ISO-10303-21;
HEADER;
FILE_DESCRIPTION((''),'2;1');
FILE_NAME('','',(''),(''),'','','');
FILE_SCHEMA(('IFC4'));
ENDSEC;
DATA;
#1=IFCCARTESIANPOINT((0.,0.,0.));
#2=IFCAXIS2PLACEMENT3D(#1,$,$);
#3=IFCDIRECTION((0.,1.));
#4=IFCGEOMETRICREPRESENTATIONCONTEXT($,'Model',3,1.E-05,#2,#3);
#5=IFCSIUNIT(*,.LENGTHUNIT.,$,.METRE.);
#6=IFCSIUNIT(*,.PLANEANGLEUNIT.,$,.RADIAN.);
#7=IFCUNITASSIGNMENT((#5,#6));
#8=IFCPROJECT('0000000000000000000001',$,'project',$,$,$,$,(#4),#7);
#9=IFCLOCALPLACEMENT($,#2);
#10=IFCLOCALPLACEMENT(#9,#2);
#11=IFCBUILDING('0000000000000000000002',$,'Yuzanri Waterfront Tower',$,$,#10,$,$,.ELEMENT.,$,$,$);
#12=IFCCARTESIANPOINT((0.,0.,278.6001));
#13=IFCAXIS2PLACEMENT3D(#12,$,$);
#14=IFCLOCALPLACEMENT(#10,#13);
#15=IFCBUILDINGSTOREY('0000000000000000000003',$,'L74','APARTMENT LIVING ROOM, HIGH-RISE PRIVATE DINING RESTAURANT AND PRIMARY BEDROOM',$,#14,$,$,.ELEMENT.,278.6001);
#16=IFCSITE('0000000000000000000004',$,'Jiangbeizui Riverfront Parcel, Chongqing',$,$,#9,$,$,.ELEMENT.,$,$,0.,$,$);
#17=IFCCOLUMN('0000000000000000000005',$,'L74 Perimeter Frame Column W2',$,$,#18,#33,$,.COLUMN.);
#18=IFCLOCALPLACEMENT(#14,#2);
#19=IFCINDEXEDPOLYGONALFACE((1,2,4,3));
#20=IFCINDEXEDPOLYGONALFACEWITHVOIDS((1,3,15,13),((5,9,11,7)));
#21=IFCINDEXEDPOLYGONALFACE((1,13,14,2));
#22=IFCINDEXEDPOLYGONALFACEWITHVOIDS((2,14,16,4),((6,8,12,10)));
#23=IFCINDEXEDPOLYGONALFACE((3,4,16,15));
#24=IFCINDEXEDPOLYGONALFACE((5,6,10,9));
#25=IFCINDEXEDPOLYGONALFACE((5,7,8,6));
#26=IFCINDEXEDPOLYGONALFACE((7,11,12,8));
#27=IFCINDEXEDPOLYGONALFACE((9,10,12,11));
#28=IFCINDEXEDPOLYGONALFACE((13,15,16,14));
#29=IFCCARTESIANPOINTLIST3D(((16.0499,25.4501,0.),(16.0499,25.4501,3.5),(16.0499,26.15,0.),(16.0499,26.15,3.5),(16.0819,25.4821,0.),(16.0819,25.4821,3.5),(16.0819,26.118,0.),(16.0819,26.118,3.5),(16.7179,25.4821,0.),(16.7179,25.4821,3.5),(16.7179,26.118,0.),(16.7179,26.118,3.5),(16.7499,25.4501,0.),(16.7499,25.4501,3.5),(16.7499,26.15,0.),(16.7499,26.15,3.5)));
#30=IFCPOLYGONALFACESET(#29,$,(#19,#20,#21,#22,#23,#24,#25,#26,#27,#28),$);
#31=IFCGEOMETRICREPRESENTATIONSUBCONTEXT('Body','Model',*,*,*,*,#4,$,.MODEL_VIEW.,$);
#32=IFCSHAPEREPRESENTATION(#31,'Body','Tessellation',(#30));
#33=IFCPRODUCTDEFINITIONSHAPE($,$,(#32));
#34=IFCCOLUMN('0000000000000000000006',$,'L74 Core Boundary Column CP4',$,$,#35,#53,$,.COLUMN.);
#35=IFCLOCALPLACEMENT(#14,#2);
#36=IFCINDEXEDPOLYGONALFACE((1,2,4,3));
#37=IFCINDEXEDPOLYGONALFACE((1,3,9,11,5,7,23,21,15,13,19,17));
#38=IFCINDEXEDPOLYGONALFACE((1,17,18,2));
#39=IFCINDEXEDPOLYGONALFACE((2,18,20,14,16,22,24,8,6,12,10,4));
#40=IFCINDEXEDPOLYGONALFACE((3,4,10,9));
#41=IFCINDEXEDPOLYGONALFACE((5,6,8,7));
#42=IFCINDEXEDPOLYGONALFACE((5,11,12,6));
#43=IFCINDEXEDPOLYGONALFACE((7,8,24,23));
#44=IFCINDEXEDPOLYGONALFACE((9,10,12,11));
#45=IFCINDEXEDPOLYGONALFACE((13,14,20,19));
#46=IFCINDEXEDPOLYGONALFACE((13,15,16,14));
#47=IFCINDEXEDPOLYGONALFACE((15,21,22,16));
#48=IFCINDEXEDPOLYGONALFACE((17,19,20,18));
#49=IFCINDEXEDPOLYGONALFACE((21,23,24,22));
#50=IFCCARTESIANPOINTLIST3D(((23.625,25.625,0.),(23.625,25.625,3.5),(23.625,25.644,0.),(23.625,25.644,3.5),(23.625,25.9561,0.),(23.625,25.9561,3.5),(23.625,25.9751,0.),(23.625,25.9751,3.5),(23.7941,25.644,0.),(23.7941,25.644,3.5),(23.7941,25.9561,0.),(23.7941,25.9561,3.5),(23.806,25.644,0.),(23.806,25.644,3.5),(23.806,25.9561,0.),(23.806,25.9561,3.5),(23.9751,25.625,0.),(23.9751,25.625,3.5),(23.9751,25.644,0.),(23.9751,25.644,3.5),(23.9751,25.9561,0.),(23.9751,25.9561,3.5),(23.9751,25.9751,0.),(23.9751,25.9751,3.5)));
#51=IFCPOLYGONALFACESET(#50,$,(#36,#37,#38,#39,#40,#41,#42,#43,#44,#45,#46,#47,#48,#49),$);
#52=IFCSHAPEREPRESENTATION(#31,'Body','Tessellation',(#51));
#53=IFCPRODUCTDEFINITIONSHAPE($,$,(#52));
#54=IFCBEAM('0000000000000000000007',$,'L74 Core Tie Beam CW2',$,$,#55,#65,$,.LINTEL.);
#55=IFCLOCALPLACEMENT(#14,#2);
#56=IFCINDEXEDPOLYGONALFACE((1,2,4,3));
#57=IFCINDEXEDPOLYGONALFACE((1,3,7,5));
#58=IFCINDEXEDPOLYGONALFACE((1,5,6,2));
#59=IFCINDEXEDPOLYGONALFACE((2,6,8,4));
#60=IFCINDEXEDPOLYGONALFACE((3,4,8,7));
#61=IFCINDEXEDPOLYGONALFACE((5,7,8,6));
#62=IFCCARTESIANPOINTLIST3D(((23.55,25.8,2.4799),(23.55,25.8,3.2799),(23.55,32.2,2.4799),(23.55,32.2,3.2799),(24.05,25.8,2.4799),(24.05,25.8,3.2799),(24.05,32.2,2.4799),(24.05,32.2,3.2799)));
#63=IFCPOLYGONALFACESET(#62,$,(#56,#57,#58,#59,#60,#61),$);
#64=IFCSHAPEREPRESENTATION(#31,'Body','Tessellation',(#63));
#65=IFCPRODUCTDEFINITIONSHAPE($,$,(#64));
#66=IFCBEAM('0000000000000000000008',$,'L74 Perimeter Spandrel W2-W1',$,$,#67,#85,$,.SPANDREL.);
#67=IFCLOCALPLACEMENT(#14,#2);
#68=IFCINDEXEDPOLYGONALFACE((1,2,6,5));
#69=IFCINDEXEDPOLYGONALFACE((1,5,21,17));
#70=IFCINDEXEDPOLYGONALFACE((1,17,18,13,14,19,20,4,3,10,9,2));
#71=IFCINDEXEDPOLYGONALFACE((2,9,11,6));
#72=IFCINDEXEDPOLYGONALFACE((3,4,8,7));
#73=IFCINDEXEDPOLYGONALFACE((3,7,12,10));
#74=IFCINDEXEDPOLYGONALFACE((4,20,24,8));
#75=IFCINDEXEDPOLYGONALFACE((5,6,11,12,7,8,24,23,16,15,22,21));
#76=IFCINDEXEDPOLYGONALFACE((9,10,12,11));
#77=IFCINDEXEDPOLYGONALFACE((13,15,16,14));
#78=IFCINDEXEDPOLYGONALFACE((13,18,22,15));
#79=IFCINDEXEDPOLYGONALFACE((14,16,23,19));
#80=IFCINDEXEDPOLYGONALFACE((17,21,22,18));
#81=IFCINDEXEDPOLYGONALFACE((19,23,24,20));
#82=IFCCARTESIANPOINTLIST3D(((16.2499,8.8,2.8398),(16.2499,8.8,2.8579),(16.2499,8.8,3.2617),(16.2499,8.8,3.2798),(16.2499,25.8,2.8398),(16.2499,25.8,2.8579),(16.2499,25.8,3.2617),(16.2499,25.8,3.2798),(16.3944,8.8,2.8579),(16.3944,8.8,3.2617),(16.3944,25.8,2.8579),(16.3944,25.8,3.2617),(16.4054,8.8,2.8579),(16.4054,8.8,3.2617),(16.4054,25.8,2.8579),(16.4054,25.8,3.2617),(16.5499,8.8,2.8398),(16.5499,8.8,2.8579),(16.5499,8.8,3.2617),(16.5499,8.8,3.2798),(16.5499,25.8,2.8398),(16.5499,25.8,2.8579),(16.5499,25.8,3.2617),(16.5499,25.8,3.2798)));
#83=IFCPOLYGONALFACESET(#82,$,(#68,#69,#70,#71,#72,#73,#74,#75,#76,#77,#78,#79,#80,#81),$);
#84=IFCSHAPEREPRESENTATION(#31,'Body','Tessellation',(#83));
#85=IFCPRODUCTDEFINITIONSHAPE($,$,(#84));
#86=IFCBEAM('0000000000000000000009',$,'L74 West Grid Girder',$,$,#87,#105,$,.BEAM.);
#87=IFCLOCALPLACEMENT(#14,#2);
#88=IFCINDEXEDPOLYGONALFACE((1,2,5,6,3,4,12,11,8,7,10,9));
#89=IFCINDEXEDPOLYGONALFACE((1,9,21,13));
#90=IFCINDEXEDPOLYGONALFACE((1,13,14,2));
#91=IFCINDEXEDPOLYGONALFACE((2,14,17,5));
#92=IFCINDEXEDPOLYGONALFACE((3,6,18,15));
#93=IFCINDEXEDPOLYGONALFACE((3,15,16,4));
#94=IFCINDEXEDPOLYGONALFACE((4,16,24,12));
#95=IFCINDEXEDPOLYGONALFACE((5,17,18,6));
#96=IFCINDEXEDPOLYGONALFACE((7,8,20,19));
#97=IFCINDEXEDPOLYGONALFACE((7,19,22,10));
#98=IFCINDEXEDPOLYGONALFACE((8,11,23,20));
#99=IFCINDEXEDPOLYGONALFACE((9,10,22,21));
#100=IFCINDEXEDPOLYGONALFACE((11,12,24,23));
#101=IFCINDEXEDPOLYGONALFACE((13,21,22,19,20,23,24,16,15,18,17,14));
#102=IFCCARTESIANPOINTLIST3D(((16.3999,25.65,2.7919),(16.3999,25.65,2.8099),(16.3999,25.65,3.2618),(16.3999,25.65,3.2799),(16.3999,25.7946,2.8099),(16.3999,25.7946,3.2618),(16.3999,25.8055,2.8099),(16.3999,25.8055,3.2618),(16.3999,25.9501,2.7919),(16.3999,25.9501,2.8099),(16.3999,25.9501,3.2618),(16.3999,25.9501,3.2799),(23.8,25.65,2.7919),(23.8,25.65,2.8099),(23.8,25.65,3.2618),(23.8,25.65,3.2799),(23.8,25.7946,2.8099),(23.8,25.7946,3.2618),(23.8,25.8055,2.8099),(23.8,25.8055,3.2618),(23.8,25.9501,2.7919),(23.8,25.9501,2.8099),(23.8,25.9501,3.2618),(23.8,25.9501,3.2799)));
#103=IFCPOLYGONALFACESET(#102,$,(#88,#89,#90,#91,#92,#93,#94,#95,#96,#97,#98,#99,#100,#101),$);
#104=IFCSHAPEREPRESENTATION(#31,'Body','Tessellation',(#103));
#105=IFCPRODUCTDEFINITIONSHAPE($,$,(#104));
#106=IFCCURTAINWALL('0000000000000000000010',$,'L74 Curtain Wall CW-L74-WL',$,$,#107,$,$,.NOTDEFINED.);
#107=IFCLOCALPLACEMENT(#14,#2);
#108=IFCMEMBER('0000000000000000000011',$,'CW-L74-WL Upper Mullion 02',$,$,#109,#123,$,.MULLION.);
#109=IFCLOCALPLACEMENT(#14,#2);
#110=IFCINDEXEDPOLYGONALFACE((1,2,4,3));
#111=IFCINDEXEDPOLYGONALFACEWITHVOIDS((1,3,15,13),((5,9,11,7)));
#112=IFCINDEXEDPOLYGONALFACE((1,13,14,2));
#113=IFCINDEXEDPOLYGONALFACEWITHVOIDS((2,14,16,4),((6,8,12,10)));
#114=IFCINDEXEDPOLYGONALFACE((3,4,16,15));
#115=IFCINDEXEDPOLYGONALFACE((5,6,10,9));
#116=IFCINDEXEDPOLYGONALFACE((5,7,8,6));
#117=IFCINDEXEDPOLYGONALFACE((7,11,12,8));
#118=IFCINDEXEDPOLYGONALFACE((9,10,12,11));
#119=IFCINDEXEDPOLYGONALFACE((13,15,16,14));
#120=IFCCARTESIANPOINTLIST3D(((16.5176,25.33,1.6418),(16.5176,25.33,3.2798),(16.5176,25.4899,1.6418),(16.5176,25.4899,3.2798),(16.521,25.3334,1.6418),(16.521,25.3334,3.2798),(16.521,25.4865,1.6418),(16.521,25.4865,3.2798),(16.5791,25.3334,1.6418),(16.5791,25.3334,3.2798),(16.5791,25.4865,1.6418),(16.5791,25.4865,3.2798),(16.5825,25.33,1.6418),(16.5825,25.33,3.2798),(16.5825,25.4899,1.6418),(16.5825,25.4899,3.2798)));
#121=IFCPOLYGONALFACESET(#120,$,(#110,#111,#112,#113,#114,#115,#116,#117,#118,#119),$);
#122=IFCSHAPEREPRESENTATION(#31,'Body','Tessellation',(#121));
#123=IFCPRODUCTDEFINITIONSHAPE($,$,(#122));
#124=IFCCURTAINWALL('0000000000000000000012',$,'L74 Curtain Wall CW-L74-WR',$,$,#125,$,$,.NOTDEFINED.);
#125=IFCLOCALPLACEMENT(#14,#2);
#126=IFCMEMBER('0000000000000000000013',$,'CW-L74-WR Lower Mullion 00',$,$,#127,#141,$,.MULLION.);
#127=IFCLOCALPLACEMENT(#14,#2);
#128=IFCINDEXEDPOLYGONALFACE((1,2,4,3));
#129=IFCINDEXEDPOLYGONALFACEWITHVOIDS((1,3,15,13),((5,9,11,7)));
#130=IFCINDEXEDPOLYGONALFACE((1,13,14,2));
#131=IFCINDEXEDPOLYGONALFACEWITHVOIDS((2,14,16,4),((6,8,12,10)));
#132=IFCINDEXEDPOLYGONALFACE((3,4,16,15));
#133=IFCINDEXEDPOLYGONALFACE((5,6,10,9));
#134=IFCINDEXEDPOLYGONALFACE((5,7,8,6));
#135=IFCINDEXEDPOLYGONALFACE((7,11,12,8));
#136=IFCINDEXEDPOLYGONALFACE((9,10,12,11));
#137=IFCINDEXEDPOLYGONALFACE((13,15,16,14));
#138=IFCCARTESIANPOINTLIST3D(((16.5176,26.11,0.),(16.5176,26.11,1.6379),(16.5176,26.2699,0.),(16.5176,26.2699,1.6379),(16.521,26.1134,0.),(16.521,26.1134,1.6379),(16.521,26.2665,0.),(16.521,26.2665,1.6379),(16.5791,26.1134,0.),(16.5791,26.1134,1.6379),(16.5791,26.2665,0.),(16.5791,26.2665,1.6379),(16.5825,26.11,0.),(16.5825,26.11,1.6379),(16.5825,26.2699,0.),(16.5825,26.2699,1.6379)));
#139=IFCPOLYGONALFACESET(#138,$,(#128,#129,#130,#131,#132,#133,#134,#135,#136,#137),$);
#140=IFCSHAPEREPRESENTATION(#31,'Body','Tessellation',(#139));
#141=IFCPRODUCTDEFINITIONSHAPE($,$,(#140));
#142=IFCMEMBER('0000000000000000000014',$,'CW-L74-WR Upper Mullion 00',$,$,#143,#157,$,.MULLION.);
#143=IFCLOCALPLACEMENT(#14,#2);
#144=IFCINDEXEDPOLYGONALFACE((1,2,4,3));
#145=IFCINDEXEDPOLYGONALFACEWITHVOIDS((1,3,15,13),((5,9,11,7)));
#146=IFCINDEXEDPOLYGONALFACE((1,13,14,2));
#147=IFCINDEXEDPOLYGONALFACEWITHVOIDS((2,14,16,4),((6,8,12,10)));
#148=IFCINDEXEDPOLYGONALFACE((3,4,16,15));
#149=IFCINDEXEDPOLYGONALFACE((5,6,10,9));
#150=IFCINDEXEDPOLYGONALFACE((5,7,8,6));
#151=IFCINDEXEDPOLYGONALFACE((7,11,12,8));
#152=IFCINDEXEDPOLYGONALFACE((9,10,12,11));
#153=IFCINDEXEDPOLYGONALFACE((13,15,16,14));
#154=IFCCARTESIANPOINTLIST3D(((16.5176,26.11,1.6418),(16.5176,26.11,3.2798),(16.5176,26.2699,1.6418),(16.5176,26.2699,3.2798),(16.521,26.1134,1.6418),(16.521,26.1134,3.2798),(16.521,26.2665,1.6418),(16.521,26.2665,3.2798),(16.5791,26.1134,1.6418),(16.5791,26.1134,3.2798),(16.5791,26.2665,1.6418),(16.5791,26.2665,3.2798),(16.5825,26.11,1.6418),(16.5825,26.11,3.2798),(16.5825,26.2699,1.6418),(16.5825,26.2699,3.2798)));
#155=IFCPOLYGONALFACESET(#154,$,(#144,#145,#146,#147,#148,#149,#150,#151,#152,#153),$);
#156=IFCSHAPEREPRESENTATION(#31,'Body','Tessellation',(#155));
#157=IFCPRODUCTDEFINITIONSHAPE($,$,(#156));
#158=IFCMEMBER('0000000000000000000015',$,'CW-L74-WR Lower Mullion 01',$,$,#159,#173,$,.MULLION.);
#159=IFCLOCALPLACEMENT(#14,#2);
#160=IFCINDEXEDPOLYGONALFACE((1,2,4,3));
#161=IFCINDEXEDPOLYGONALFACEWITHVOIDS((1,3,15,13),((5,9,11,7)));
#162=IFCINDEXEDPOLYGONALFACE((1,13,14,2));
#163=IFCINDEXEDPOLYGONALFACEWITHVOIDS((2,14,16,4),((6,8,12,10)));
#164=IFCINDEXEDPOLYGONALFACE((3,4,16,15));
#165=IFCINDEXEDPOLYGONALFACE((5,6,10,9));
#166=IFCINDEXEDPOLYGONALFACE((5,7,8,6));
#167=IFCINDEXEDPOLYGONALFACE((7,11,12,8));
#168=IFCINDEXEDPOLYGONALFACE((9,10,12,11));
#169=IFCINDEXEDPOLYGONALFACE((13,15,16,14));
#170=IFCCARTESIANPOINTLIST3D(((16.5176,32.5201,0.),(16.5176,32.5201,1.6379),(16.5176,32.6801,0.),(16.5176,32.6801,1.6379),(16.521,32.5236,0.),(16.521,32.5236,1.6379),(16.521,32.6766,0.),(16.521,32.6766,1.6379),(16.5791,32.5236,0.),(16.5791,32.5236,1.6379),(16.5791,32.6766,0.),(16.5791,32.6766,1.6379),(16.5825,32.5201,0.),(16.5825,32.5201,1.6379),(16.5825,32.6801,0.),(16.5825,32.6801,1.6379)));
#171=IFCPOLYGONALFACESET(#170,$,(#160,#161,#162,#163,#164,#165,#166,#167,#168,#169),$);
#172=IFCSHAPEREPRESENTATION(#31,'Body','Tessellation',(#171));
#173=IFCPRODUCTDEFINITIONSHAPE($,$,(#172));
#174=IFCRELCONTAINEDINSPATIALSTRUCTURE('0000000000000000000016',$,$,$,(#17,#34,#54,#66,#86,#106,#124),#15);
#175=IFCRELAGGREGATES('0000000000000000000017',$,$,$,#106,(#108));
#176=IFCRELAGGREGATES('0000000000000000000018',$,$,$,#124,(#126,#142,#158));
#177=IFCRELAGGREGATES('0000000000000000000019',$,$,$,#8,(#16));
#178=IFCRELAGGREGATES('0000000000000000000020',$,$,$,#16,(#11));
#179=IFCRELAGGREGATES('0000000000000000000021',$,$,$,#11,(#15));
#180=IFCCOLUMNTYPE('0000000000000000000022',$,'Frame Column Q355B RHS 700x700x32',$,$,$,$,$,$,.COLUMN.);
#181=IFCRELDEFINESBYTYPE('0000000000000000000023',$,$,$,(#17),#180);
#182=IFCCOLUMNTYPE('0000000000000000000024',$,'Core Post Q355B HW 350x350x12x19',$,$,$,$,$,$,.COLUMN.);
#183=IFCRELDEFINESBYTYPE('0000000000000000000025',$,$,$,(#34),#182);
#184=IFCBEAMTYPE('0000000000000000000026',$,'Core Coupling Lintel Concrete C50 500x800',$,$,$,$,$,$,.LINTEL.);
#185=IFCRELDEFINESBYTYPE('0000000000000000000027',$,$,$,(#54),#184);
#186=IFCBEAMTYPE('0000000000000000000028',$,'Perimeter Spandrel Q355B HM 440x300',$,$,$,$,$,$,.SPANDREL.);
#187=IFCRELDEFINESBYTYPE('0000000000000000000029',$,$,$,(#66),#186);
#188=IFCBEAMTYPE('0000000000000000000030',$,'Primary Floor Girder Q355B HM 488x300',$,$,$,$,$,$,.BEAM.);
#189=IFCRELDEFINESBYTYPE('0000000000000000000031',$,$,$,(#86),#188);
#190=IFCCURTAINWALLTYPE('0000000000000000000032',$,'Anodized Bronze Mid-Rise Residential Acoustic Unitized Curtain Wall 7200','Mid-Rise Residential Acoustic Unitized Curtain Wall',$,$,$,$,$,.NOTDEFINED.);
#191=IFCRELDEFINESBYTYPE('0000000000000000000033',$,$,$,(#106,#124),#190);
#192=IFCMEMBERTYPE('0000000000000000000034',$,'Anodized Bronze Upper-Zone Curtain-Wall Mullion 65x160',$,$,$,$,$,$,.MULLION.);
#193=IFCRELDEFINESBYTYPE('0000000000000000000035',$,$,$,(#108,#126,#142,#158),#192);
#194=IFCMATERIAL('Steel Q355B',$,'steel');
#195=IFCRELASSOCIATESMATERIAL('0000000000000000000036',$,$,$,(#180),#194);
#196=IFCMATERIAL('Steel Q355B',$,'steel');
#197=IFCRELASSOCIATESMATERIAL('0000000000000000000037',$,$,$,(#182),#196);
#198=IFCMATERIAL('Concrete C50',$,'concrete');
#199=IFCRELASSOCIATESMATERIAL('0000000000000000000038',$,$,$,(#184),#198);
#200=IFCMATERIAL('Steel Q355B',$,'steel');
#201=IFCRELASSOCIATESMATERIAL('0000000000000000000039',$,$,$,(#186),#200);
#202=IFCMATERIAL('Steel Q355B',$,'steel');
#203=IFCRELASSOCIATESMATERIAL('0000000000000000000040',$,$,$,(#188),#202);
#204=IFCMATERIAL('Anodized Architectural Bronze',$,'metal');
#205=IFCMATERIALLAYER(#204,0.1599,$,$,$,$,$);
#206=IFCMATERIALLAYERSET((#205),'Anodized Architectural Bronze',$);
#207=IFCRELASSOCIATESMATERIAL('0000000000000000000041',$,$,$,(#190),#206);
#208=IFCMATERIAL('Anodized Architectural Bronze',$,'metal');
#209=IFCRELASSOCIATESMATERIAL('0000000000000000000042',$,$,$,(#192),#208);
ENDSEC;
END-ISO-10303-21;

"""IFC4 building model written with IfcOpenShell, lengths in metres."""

from ifc_helpers import new_model, si_unit, direction, frame, origin, origin_2d, place, context, subcontext, project, spatial, rectangle, hollow_rectangle, i_section, extrude, source, transform, mapped, material, layer, layer_set, material_profile, profile_set, type_object, element, aggregate, save


model = new_model("IFC4")

# Units and contexts
model_context = context("Model", 3, precision=1e-05, world=origin(), true_north=direction((0.0, 1.0)))
body_context = subcontext(model_context, "Body", "Model", "MODEL_VIEW")
ifc_project = project(units=[si_unit("LENGTHUNIT", "METRE"), si_unit("PLANEANGLEUNIT", "RADIAN")], contexts=[model_context])

# Site, building, storey
site_placement = place(None, origin())
site = spatial("IfcSite", under=ifc_project, at=site_placement, Name="Jiangbeizui Riverfront Parcel, Chongqing", CompositionType="ELEMENT", RefElevation=0.0)
building_placement = place(site_placement, origin())
building = spatial("IfcBuilding", under=site, at=building_placement, Name="Yuzanri Waterfront Tower", CompositionType="ELEMENT")
storey_placement = place(building_placement, frame((0.0, 0.0, 278.6001)))
storey = spatial("IfcBuildingStorey", under=building, at=storey_placement, Name="L74", Description="APARTMENT LIVING ROOM, HIGH-RISE PRIVATE DINING RESTAURANT AND PRIMARY BEDROOM", CompositionType="ELEMENT", Elevation=278.6001)

# Columns
ifc_material_1 = material(Name="Steel Q355B", Category="steel")
ifc_material_profile_1 = material_profile(ifc_material_1, hollow_rectangle(XDim=0.7, YDim=0.7, WallThickness=0.032, at=origin_2d()), Name="RHS 700x700x32")
ifc_profile_set_1 = profile_set([ifc_material_profile_1], Name="Steel Q355B")
column_type_1 = type_object("IfcColumnType", Name="Frame Column Q355B RHS 700x700x32", PredefinedType="COLUMN", material=ifc_profile_set_1)
shared_shape_1 = source(origin(), body_context, "Body", "SweptSolid", [
    extrude(hollow_rectangle(XDim=0.7, YDim=0.7, WallThickness=0.032, at=origin_2d()), origin(), (0.0, 0.0, 1.0), 3.5),
])
column_1_placement = place(storey_placement, frame((16.3999, 25.8, 0.0), z_axis=(0.0, 0.0, 1.0), x_axis=(1.0, 0.0, 0.0)))
element("IfcColumn", 1, at=column_1_placement, inside=storey, type_object=column_type_1, Name="L74 Perimeter Frame Column W2", PredefinedType="COLUMN", context=body_context, shape_type="MappedRepresentation", body=[
    mapped(shared_shape_1, transform((0.0, 0.0, 0.0), scale=1.0)),
])
ifc_material_2 = material(Name="Steel Q355B", Category="steel")
ifc_material_profile_2 = material_profile(ifc_material_2, i_section(OverallWidth=0.3501, OverallDepth=0.3501, WebThickness=0.012, FlangeThickness=0.019, at=origin_2d()), Name="HW 350x350x12x19")
ifc_profile_set_2 = profile_set([ifc_material_profile_2], Name="Steel Q355B")
column_type_2 = type_object("IfcColumnType", Name="Core Post Q355B HW 350x350x12x19", PredefinedType="COLUMN", material=ifc_profile_set_2)
shared_shape_2 = source(origin(), body_context, "Body", "SweptSolid", [
    extrude(i_section(OverallWidth=0.3501, OverallDepth=0.3501, WebThickness=0.012, FlangeThickness=0.019, at=origin_2d()), origin(), (0.0, 0.0, 1.0), 3.5),
])
column_2_placement = place(storey_placement, frame((23.8, 25.8, 0.0), z_axis=(0.0, 0.0, 1.0), x_axis=(1.0, 0.0, 0.0)))
element("IfcColumn", 2, at=column_2_placement, inside=storey, type_object=column_type_2, Name="L74 Core Boundary Column CP4", PredefinedType="COLUMN", context=body_context, shape_type="MappedRepresentation", body=[
    mapped(shared_shape_2, transform((0.0, 0.0, 0.0), scale=1.0)),
])

# Beams
ifc_material_3 = material(Name="Concrete C50", Category="concrete")
ifc_material_profile_3 = material_profile(ifc_material_3, rectangle(XDim=0.5, YDim=0.8, at=origin_2d()), Name="RC 500x800")
ifc_profile_set_3 = profile_set([ifc_material_profile_3], Name="Concrete C50")
beam_type_1 = type_object("IfcBeamType", Name="Core Coupling Lintel Concrete C50 500x800", PredefinedType="LINTEL", material=ifc_profile_set_3)
shared_shape_3 = source(origin(), body_context, "Body", "SweptSolid", [
    extrude(rectangle(XDim=0.5, YDim=0.8, at=origin_2d()), origin(), (0.0, 0.0, 1.0), 6.3999),
])
beam_1_placement = place(storey_placement, frame((23.8, 25.8, 2.8799), z_axis=(0.0, 1.0, 0.0), x_axis=(-1.0, 0.0, 0.0)))
element("IfcBeam", 3, at=beam_1_placement, inside=storey, type_object=beam_type_1, Name="L74 Core Tie Beam CW2", PredefinedType="LINTEL", context=body_context, shape_type="MappedRepresentation", body=[
    mapped(shared_shape_3, transform((0.0, 0.0, 0.0), scale=1.0)),
])
ifc_material_4 = material(Name="Steel Q355B", Category="steel")
ifc_material_profile_4 = material_profile(ifc_material_4, i_section(OverallWidth=0.3, OverallDepth=0.4399, WebThickness=0.011, FlangeThickness=0.0181, at=origin_2d()), Name="HM 440x300x11x18")
ifc_profile_set_4 = profile_set([ifc_material_profile_4], Name="Steel Q355B")
beam_type_2 = type_object("IfcBeamType", Name="Perimeter Spandrel Q355B HM 440x300", PredefinedType="SPANDREL", material=ifc_profile_set_4)
shared_shape_4 = source(origin(), body_context, "Body", "SweptSolid", [
    extrude(i_section(OverallWidth=0.3, OverallDepth=0.4399, WebThickness=0.011, FlangeThickness=0.0181, at=origin_2d()), origin(), (0.0, 0.0, 1.0), 17.0),
])
beam_2_placement = place(storey_placement, frame((16.3999, 25.8, 3.0598), z_axis=(0.0, -1.0, 0.0), x_axis=(1.0, 0.0, 0.0)))
element("IfcBeam", 4, at=beam_2_placement, inside=storey, type_object=beam_type_2, Name="L74 Perimeter Spandrel W2-W1", PredefinedType="SPANDREL", context=body_context, shape_type="MappedRepresentation", body=[
    mapped(shared_shape_4, transform((0.0, 0.0, 0.0), scale=1.0)),
])
ifc_material_5 = material(Name="Steel Q355B", Category="steel")
ifc_material_profile_5 = material_profile(ifc_material_5, i_section(OverallWidth=0.3, OverallDepth=0.488, WebThickness=0.011, FlangeThickness=0.0181, at=origin_2d()), Name="HM 488x300x11x18")
ifc_profile_set_5 = profile_set([ifc_material_profile_5], Name="Steel Q355B")
beam_type_3 = type_object("IfcBeamType", Name="Primary Floor Girder Q355B HM 488x300", PredefinedType="BEAM", material=ifc_profile_set_5)
shared_shape_5 = source(origin(), body_context, "Body", "SweptSolid", [
    extrude(i_section(OverallWidth=0.3, OverallDepth=0.488, WebThickness=0.011, FlangeThickness=0.0181, at=origin_2d()), origin(), (0.0, 0.0, 1.0), 7.4001),
])
beam_3_placement = place(storey_placement, frame((23.8, 25.8, 3.0359), z_axis=(-1.0, 0.0, 0.0), x_axis=(0.0, -1.0, 0.0)))
element("IfcBeam", 5, at=beam_3_placement, inside=storey, type_object=beam_type_3, Name="L74 West Grid Girder", PredefinedType="BEAM", context=body_context, shape_type="MappedRepresentation", body=[
    mapped(shared_shape_5, transform((0.0, 0.0, 0.0), scale=1.0)),
])

# Curtain wall, member
ifc_material_6 = material(Name="Anodized Architectural Bronze", Category="metal")
ifc_layer_1 = layer(ifc_material_6, 0.1599)
ifc_layer_set_1 = layer_set([ifc_layer_1], Name="Anodized Architectural Bronze")
curtain_wall_type = type_object("IfcCurtainWallType", Name="Anodized Bronze Mid-Rise Residential Acoustic Unitized Curtain Wall 7200", Description="Mid-Rise Residential Acoustic Unitized Curtain Wall", PredefinedType="NOTDEFINED", material=ifc_layer_set_1)
curtain_wall_1_placement = place(storey_placement, origin())
curtain_wall_1 = element("IfcCurtainWall", 6, at=curtain_wall_1_placement, inside=storey, type_object=curtain_wall_type, Name="L74 Curtain Wall CW-L74-WL", PredefinedType="NOTDEFINED")
ifc_material_7 = material(Name="Anodized Architectural Bronze", Category="metal")
ifc_material_profile_6 = material_profile(ifc_material_7, hollow_rectangle(XDim=0.0649, YDim=0.1599, WallThickness=0.0034, at=origin_2d()), Name="CWM 65x160")
ifc_profile_set_6 = profile_set([ifc_material_profile_6], Name="Anodized Architectural Bronze")
member_type_1 = type_object("IfcMemberType", Name="Anodized Bronze Upper-Zone Curtain-Wall Mullion 65x160", PredefinedType="MULLION", material=ifc_profile_set_6)
shared_shape_6 = source(origin(), body_context, "Body", "SweptSolid", [
    extrude(hollow_rectangle(XDim=0.0649, YDim=0.1599, WallThickness=0.0034, at=origin_2d()), origin(), (0.0, 0.0, 1.0), 1.6379),
])
member_1_placement = place(storey_placement, frame((16.55, 25.4099, 1.6418), z_axis=(0.0, 0.0, 1.0), x_axis=(1.0, 0.0, 0.0)))
member_1 = element("IfcMember", 7, at=member_1_placement, type_object=member_type_1, Name="CW-L74-WL Upper Mullion 02", PredefinedType="MULLION", context=body_context, shape_type="MappedRepresentation", body=[
    mapped(shared_shape_6, transform((0.0, 0.0, 0.0), scale=1.0)),
])
aggregate(curtain_wall_1, [member_1])

# Curtain wall, members
curtain_wall_2_placement = place(storey_placement, origin())
curtain_wall_2 = element("IfcCurtainWall", 8, at=curtain_wall_2_placement, inside=storey, type_object=curtain_wall_type, Name="L74 Curtain Wall CW-L74-WR", PredefinedType="NOTDEFINED")
member_2_placement = place(storey_placement, frame((16.55, 26.1899, 0.0), z_axis=(0.0, 0.0, 1.0), x_axis=(1.0, 0.0, 0.0)))
member_2 = element("IfcMember", 9, at=member_2_placement, type_object=member_type_1, Name="CW-L74-WR Lower Mullion 00", PredefinedType="MULLION", context=body_context, shape_type="MappedRepresentation", body=[
    mapped(shared_shape_6, transform((0.0, 0.0, 0.0), scale=1.0)),
])
member_3_placement = place(storey_placement, frame((16.55, 26.1899, 1.6418), z_axis=(0.0, 0.0, 1.0), x_axis=(1.0, 0.0, 0.0)))
member_3 = element("IfcMember", 10, at=member_3_placement, type_object=member_type_1, Name="CW-L74-WR Upper Mullion 00", PredefinedType="MULLION", context=body_context, shape_type="MappedRepresentation", body=[
    mapped(shared_shape_6, transform((0.0, 0.0, 0.0), scale=1.0)),
])
member_4_placement = place(storey_placement, frame((16.55, 32.6001, 0.0), z_axis=(0.0, 0.0, 1.0), x_axis=(1.0, 0.0, 0.0)))
member_4 = element("IfcMember", 11, at=member_4_placement, type_object=member_type_1, Name="CW-L74-WR Lower Mullion 01", PredefinedType="MULLION", context=body_context, shape_type="MappedRepresentation", body=[
    mapped(shared_shape_6, transform((0.0, 0.0, 0.0), scale=1.0)),
])
aggregate(curtain_wall_2, [member_2, member_3, member_4])

save(model, "model.ifc")
